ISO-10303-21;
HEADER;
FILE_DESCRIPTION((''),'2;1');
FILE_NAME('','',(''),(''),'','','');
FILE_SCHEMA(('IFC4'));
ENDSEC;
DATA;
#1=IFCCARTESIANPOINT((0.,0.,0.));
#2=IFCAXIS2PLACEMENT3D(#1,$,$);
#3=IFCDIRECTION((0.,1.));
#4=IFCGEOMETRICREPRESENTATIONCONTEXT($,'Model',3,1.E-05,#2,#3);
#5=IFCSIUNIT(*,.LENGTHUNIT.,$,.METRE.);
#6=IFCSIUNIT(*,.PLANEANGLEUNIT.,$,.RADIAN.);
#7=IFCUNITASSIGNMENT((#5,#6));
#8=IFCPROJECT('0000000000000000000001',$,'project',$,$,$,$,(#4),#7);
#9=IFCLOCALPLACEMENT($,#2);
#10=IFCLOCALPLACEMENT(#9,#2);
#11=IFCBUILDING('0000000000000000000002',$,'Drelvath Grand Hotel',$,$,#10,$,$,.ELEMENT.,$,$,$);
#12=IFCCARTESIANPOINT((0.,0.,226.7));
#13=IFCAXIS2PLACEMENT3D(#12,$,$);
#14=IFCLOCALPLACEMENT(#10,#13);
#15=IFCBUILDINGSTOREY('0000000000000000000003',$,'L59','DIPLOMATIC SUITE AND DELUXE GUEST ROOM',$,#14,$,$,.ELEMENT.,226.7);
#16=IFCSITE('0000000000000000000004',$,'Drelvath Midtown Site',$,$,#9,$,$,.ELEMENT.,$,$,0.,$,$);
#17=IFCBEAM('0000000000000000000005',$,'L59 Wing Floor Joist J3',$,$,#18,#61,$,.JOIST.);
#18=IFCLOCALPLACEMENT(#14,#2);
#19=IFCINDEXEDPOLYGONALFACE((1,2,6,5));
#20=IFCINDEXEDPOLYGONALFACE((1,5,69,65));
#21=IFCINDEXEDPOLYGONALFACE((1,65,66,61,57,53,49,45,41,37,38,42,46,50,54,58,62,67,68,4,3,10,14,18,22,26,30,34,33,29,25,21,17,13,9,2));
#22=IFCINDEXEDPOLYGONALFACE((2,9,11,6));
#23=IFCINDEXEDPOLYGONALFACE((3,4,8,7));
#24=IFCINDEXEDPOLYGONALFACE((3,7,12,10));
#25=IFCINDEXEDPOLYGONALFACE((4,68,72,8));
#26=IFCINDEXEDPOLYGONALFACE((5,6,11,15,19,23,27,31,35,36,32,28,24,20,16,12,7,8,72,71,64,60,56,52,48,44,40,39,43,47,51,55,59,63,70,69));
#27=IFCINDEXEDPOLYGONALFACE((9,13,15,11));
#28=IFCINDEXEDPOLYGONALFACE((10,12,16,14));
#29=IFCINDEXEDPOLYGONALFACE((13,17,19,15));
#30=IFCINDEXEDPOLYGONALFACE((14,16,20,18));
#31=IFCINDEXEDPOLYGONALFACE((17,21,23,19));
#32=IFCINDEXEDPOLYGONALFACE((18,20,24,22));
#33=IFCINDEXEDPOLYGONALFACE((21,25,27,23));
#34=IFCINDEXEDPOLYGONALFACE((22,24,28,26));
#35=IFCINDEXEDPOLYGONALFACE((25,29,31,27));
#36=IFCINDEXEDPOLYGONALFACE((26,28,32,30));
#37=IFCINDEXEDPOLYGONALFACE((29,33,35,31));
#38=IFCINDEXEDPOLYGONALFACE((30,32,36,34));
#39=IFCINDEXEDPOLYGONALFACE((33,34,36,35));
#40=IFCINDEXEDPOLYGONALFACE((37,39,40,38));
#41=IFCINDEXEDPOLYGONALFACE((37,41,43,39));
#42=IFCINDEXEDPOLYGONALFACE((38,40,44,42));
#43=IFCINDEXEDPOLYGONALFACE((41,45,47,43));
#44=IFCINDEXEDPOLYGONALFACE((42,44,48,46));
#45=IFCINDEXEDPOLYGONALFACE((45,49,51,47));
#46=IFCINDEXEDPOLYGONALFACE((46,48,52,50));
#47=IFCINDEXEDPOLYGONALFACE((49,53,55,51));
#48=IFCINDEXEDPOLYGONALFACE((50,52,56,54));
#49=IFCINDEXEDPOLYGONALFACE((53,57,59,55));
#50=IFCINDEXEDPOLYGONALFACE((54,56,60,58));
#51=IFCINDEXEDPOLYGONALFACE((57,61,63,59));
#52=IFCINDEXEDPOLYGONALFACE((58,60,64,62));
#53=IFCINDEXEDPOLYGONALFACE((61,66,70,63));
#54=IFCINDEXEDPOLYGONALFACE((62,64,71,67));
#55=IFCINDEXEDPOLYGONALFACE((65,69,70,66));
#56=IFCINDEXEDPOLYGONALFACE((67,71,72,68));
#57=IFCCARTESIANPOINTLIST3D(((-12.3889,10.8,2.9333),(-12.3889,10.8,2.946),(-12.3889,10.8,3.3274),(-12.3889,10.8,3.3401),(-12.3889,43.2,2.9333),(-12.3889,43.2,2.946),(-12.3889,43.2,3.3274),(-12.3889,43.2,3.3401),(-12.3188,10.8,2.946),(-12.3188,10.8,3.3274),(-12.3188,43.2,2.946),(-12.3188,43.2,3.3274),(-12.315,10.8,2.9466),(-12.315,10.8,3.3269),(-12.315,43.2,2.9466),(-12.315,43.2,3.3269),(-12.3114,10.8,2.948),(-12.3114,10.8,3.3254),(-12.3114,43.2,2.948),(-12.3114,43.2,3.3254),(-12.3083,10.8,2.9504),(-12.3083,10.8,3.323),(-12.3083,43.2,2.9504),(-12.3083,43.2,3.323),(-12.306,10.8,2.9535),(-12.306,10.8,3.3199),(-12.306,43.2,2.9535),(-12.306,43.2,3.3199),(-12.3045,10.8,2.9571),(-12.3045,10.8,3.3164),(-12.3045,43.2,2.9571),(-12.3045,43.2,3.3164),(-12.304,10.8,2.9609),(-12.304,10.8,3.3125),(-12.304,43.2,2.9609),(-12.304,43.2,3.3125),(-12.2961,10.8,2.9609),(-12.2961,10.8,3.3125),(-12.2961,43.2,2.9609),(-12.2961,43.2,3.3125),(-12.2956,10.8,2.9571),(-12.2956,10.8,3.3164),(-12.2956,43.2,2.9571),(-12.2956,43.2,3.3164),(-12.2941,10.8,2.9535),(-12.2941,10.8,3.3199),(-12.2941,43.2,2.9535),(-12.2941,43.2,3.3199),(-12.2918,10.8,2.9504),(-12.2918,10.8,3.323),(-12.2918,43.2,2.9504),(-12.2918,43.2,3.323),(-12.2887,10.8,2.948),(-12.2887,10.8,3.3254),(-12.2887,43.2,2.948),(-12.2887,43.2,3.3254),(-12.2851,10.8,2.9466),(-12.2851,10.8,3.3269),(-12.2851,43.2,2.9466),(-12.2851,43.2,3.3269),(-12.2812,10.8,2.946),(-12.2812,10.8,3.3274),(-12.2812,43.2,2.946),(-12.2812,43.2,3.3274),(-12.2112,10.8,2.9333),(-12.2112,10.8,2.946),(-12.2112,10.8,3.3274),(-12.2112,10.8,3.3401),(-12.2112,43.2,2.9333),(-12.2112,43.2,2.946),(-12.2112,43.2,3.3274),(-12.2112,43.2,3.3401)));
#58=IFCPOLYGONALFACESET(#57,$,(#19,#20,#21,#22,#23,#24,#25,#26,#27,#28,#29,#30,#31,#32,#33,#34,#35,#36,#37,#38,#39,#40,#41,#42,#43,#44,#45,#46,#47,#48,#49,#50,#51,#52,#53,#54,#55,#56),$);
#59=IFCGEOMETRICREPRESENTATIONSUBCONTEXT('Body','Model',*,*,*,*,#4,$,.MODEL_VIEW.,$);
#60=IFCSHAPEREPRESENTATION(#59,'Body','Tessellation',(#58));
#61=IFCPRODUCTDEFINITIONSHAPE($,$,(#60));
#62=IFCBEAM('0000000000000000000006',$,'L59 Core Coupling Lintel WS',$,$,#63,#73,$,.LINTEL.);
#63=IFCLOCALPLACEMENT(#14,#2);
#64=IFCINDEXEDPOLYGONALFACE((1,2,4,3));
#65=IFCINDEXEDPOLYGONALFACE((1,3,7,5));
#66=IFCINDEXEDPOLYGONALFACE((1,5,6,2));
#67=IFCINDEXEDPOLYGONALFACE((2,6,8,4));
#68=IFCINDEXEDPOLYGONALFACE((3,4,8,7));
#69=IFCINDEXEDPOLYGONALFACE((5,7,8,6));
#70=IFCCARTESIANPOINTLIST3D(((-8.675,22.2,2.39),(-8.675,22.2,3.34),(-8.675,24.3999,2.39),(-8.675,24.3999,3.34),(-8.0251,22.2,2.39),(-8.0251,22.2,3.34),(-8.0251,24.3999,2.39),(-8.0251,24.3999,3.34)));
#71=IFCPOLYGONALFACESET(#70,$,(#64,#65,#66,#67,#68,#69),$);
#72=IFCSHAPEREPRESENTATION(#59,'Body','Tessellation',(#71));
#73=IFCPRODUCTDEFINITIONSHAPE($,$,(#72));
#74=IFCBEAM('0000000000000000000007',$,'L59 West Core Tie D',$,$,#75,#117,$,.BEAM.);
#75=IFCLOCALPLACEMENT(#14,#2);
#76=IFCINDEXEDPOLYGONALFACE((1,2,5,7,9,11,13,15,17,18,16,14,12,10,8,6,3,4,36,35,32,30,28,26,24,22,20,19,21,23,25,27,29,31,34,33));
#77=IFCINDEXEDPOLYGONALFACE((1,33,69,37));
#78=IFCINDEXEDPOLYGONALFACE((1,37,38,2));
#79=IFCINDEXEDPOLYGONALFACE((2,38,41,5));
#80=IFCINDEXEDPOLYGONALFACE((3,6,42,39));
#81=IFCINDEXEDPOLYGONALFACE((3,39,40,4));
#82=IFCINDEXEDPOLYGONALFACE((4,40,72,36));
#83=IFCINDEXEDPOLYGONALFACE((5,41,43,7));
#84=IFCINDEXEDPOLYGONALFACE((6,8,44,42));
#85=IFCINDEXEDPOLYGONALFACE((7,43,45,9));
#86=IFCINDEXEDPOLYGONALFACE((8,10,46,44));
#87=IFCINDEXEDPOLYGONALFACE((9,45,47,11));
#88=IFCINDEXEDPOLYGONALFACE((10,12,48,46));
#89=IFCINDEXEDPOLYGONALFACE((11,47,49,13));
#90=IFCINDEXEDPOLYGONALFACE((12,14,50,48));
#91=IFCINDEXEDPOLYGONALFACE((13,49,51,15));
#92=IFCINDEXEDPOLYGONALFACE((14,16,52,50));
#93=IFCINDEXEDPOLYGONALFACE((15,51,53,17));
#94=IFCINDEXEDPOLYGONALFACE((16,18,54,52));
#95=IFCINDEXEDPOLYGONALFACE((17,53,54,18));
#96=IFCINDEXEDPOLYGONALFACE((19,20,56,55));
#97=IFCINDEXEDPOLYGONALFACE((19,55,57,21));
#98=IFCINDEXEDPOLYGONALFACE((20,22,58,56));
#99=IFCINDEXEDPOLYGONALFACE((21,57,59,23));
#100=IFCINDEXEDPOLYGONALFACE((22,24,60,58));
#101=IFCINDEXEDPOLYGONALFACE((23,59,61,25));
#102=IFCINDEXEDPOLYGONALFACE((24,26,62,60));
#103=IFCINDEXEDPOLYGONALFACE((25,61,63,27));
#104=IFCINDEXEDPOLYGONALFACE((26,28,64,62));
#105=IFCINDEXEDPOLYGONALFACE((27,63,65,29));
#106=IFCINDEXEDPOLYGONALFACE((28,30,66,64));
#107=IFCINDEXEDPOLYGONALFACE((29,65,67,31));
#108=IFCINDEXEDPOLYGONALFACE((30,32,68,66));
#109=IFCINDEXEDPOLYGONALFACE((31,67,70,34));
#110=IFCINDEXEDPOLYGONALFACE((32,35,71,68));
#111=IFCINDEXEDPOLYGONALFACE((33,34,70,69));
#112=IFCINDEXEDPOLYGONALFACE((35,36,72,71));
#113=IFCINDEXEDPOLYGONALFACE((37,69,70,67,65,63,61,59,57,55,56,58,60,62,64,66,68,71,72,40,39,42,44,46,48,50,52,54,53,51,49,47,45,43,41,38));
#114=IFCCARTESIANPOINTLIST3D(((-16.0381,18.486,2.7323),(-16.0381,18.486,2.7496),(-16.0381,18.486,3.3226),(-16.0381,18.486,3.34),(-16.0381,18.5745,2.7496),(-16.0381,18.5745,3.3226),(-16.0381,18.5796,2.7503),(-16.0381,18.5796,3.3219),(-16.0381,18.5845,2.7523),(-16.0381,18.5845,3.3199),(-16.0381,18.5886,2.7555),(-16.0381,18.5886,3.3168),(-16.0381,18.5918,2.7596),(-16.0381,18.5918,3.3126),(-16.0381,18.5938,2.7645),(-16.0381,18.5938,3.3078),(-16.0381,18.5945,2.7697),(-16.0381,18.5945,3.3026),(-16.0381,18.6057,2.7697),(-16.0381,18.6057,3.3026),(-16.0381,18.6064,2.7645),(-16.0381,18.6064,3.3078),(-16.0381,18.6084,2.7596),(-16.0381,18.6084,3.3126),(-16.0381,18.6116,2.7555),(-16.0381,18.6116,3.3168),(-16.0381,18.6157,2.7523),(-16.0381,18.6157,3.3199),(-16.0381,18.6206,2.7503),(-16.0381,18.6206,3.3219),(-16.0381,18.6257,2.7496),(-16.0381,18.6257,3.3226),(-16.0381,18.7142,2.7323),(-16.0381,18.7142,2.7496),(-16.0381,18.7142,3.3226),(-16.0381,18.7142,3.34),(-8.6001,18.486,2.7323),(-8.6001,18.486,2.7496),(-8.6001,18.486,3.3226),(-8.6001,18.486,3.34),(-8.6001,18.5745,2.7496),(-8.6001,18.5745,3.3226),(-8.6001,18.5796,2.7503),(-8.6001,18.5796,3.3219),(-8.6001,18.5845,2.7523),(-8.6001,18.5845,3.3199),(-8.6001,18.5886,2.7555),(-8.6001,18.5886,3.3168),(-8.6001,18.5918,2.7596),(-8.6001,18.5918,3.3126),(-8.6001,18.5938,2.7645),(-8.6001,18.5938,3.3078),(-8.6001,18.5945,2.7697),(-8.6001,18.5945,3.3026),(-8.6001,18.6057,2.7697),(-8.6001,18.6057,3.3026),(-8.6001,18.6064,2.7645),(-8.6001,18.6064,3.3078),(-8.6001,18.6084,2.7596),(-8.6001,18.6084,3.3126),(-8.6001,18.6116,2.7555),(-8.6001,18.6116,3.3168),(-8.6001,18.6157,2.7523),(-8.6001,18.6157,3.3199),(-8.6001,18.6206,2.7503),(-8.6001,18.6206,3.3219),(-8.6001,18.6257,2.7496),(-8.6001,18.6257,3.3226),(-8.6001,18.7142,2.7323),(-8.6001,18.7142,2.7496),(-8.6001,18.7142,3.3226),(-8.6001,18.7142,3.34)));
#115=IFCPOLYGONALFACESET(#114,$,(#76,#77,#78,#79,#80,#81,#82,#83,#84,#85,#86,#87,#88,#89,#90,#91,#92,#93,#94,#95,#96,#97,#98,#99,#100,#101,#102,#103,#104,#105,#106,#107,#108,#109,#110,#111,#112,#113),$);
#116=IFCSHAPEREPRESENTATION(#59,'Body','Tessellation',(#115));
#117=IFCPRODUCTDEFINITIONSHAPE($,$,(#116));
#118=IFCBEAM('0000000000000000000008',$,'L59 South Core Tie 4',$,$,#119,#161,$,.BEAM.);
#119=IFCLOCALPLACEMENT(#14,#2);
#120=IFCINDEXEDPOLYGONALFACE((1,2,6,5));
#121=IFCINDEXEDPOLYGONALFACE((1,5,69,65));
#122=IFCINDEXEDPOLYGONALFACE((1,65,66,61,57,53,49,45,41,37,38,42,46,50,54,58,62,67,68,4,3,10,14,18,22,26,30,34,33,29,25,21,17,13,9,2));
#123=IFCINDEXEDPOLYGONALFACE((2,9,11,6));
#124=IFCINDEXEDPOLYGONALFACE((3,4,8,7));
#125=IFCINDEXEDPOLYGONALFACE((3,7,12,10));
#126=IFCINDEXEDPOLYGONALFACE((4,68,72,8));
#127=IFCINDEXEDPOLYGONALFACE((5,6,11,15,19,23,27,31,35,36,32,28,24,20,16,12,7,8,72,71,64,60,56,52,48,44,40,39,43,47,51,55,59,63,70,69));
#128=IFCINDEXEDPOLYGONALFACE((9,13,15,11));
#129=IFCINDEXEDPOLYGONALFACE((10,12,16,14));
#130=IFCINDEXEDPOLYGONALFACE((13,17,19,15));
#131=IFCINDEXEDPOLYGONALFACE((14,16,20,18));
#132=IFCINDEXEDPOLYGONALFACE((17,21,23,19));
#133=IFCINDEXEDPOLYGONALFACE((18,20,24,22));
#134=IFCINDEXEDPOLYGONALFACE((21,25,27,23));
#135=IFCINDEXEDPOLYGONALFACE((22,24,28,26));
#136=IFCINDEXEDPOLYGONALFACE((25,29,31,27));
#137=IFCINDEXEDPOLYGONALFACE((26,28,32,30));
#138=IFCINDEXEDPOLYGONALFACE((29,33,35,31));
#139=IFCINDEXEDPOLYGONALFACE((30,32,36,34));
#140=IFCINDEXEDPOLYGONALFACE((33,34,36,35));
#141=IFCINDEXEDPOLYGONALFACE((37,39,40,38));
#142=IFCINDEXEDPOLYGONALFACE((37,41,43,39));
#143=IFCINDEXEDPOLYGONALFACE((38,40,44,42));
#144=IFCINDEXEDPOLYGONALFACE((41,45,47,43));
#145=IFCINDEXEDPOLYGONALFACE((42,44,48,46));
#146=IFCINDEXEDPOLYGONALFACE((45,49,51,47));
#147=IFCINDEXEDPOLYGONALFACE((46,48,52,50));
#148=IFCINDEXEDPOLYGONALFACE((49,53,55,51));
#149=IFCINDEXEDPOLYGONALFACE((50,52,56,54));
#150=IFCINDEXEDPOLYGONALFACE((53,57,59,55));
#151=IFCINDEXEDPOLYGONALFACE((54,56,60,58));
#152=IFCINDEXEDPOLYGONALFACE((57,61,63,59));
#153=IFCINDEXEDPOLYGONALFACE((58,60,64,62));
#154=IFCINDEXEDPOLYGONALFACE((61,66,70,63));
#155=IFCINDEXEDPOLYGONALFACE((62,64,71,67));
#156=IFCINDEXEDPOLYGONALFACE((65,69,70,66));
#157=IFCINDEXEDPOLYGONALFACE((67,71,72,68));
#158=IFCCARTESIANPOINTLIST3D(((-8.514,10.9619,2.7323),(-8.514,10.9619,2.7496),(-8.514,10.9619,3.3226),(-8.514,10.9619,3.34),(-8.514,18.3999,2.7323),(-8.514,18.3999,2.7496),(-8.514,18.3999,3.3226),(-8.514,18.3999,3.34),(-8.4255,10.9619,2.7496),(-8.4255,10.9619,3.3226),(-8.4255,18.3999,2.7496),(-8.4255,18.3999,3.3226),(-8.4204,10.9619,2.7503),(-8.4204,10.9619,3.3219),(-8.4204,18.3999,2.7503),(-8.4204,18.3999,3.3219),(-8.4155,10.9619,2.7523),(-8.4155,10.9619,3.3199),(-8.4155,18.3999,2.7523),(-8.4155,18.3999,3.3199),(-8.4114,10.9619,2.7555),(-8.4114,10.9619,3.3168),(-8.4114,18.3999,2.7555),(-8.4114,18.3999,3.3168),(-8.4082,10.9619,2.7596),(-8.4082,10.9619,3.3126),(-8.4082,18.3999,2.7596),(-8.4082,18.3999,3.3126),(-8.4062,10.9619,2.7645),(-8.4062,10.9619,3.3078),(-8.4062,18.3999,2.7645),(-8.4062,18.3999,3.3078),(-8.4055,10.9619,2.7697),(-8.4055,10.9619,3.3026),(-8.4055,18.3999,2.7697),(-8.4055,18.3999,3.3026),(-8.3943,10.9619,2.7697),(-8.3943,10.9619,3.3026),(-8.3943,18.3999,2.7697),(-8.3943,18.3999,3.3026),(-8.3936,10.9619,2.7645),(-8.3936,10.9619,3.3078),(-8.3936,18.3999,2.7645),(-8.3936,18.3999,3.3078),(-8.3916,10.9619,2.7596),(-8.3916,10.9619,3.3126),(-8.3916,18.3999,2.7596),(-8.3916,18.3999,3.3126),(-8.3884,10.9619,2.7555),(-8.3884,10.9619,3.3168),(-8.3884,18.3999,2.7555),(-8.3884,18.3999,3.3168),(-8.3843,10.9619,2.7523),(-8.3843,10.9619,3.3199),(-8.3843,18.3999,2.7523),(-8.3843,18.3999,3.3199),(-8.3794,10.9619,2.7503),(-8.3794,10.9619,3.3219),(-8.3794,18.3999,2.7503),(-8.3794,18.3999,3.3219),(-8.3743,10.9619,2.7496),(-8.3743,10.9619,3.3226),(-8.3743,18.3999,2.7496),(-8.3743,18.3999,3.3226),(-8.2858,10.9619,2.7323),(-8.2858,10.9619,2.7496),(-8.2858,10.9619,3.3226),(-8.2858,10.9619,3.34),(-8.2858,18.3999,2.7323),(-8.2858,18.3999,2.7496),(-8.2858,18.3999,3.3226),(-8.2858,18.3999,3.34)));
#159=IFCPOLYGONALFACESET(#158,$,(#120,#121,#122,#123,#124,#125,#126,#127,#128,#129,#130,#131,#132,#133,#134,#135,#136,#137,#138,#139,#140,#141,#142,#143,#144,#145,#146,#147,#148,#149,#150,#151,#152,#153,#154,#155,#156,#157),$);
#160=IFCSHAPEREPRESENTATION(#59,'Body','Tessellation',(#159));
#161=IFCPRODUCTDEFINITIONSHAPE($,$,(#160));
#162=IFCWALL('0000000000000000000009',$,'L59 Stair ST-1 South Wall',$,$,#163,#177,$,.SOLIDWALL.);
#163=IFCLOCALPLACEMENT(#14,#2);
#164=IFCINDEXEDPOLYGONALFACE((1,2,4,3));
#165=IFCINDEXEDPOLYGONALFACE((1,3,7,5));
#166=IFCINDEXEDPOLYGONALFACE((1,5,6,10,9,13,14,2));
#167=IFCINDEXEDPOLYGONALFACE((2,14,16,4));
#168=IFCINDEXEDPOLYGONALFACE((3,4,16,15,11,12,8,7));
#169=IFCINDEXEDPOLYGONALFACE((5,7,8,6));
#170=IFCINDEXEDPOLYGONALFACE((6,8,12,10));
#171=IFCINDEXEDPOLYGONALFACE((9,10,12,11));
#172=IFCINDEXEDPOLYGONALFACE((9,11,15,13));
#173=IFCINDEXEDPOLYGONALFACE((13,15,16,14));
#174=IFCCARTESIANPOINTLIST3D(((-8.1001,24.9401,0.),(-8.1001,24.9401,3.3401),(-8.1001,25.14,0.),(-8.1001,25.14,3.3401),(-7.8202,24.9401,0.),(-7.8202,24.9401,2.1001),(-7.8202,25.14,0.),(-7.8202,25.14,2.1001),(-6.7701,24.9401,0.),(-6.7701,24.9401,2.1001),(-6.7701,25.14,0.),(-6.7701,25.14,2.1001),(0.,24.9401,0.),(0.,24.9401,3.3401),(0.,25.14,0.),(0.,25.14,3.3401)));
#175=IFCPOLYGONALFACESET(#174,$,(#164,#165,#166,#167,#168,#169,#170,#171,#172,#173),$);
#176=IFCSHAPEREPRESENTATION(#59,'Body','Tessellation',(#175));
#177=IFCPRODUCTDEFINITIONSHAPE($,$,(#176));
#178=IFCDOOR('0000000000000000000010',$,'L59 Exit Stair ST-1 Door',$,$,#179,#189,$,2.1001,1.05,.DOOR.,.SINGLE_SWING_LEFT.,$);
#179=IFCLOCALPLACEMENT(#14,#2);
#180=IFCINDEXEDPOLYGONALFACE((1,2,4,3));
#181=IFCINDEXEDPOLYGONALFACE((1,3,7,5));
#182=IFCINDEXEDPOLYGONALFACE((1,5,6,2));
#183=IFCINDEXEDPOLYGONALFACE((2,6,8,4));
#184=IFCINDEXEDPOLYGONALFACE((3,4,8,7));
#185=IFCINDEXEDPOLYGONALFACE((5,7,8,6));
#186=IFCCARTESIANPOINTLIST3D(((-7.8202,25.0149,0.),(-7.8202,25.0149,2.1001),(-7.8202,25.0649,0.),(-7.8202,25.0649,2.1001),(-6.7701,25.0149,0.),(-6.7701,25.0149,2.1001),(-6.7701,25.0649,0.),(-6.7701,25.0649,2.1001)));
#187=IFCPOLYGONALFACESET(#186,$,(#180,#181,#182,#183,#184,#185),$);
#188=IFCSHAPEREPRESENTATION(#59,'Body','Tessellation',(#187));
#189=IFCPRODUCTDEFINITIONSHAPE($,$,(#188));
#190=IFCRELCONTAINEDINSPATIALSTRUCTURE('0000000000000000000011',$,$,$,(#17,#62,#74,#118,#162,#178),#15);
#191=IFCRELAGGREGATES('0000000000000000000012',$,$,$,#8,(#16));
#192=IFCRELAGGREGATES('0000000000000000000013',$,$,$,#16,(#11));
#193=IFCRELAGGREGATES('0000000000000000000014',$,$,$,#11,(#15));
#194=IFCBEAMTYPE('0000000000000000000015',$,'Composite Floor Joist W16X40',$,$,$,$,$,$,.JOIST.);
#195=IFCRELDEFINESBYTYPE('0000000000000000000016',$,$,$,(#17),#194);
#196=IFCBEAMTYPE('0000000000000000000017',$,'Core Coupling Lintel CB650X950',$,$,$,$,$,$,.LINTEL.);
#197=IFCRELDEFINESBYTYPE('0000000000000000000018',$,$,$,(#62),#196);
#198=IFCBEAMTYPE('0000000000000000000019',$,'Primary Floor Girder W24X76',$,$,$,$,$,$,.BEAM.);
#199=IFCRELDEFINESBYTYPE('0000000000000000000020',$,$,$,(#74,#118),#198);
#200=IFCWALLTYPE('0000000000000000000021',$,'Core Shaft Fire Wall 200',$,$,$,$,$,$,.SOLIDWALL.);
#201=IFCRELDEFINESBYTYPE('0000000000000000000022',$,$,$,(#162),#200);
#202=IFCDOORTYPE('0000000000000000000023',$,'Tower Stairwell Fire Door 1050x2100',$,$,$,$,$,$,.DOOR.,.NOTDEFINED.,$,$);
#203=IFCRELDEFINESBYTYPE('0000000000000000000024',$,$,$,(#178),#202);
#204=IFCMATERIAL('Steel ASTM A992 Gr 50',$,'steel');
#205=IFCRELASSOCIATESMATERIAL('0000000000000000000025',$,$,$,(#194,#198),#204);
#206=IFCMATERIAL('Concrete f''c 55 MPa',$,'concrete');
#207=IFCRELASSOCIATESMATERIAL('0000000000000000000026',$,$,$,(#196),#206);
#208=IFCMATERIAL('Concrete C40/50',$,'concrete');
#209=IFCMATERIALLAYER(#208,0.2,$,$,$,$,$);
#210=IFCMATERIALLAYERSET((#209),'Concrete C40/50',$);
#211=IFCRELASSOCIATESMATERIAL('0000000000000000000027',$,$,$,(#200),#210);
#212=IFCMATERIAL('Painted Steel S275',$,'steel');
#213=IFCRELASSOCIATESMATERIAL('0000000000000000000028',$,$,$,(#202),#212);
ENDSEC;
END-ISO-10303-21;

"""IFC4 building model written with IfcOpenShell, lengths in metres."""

from ifc_helpers import new_model, si_unit, direction, frame, frame_2d, origin, origin_2d, place, context, subcontext, project, spatial, rectangle, i_section, extrude, material, layer, layer_set, material_profile, profile_set, type_object, element, fill, save


model = new_model("IFC4")

# Units and contexts
model_context = context("Model", 3, precision=1e-05, world=origin(), true_north=direction((0.0, 1.0)))
body_context = subcontext(model_context, "Body", "Model", "MODEL_VIEW")
ifc_project = project(units=[si_unit("LENGTHUNIT", "METRE"), si_unit("PLANEANGLEUNIT", "RADIAN")], contexts=[model_context])

# Site, building, storey
site_placement = place(None, origin())
site = spatial("IfcSite", under=ifc_project, at=site_placement, Name="Drelvath Midtown Site", CompositionType="ELEMENT", RefElevation=0.0)
building_placement = place(site_placement, origin())
building = spatial("IfcBuilding", under=site, at=building_placement, Name="Drelvath Grand Hotel", CompositionType="ELEMENT")
storey_placement = place(building_placement, frame((0.0, 0.0, 226.7)))
storey = spatial("IfcBuildingStorey", under=building, at=storey_placement, Name="L59", Description="DIPLOMATIC SUITE AND DELUXE GUEST ROOM", CompositionType="ELEMENT", Elevation=226.7)

# Beams
ifc_material_1 = material(Name="Steel ASTM A992 Gr 50", Category="steel")
ifc_material_profile_1 = material_profile(ifc_material_1, i_section(OverallWidth=0.1777, OverallDepth=0.4067, WebThickness=0.0078, FlangeThickness=0.0127, FilletRadius=0.0149, at=origin_2d()), Name="W16X40")
ifc_profile_set_1 = profile_set([ifc_material_profile_1], Name="Steel ASTM A992 Gr 50")
beam_type_1 = type_object("IfcBeamType", Name="Composite Floor Joist W16X40", PredefinedType="JOIST", material=ifc_profile_set_1)
beam_1_placement = place(storey_placement, frame((-12.3, 10.8, 3.1367), z_axis=(0.0, 1.0, 0.0), x_axis=(-1.0, 0.0, 0.0)))
element("IfcBeam", 1, at=beam_1_placement, inside=storey, type_object=beam_type_1, Name="L59 Wing Floor Joist J3", PredefinedType="JOIST", context=body_context, shape_type="SweptSolid", body=[
    extrude(i_section(OverallWidth=0.1777, OverallDepth=0.4067, WebThickness=0.0078, FlangeThickness=0.0127, FilletRadius=0.0149, at=origin_2d()), origin(), (0.0, 0.0, 1.0), 32.3999),
])
ifc_material_2 = material(Name="Concrete f'c 55 MPa", Category="concrete")
ifc_material_profile_2 = material_profile(ifc_material_2, rectangle(XDim=0.6499, YDim=0.95, at=origin_2d()), Name="CB650X950")
ifc_profile_set_2 = profile_set([ifc_material_profile_2], Name="Concrete f'c 55 MPa")
beam_type_2 = type_object("IfcBeamType", Name="Core Coupling Lintel CB650X950", PredefinedType="LINTEL", material=ifc_profile_set_2)
beam_2_placement = place(storey_placement, frame((-8.3501, 22.2, 2.865), z_axis=(0.0, 1.0, 0.0), x_axis=(-1.0, 0.0, 0.0)))
element("IfcBeam", 2, at=beam_2_placement, inside=storey, type_object=beam_type_2, Name="L59 Core Coupling Lintel WS", PredefinedType="LINTEL", context=body_context, shape_type="SweptSolid", body=[
    extrude(rectangle(XDim=0.6499, YDim=0.95, at=origin_2d()), origin(), (0.0, 0.0, 1.0), 2.2),
])
ifc_material_profile_3 = material_profile(ifc_material_1, i_section(OverallWidth=0.2283, OverallDepth=0.6077, WebThickness=0.0112, FlangeThickness=0.0173, FilletRadius=0.02, at=origin_2d()), Name="W24X76")
ifc_profile_set_3 = profile_set([ifc_material_profile_3], Name="Steel ASTM A992 Gr 50")
beam_type_3 = type_object("IfcBeamType", Name="Primary Floor Girder W24X76", PredefinedType="BEAM", material=ifc_profile_set_3)
for number, where, z_axis, x_axis, name in (
    (3, (-16.0381, 18.6001, 3.0361), (1.0, 0.0, 0.0), (0.0, 1.0, 0.0), "L59 West Core Tie D"),
    (4, (-8.3999, 10.9619, 3.0361), (0.0, 1.0, 0.0), (-1.0, 0.0, 0.0), "L59 South Core Tie 4"),
):
    element("IfcBeam", number, at=place(storey_placement, frame(where, z_axis=z_axis, x_axis=x_axis)), inside=storey, type_object=beam_type_3, Name=name, PredefinedType="BEAM", context=body_context, shape_type="SweptSolid", body=[
        extrude(i_section(OverallWidth=0.2283, OverallDepth=0.6077, WebThickness=0.0112, FlangeThickness=0.0173, FilletRadius=0.02, at=origin_2d()), origin(), (0.0, 0.0, 1.0), 7.438),
    ])

# Wall, opening, door
ifc_material_3 = material(Name="Concrete C40/50", Category="concrete")
ifc_layer_1 = layer(ifc_material_3, 0.2)
ifc_layer_set_1 = layer_set([ifc_layer_1], Name="Concrete C40/50")
wall_type_1 = type_object("IfcWallType", Name="Core Shaft Fire Wall 200", PredefinedType="SOLIDWALL", material=ifc_layer_set_1)
wall_1_placement = place(storey_placement, frame((-8.1001, 25.04, 0.0), z_axis=(0.0, 0.0, 1.0), x_axis=(1.0, 0.0, 0.0)))
wall_1 = element("IfcWall", 5, at=wall_1_placement, inside=storey, type_object=wall_type_1, Name="L59 Stair ST-1 South Wall", PredefinedType="SOLIDWALL", context=body_context, shape_type="SweptSolid", body=[
    extrude(rectangle(XDim=8.1001, YDim=0.2, at=frame_2d((4.05, 0.0))), origin(), (0.0, 0.0, 1.0), 3.3401),
])
opening_1_placement = place(wall_1_placement, frame((0.28, 0.0, 0.0)))
opening_1 = element("IfcOpeningElement", 6, at=opening_1_placement, cuts=wall_1, PredefinedType="OPENING", context=body_context, shape_type="SweptSolid", body=[
    extrude(rectangle(XDim=1.05, YDim=2.1001, at=frame_2d((0.5249, 1.05))), frame((0.0, 0.1099, 0.0), z_axis=(0.0, -1.0, 0.0), x_axis=(1.0, 0.0, 0.0)), (0.0, 0.0, 1.0), 0.22),
])
ifc_material_4 = material(Name="Painted Steel S275", Category="steel")
door_type_1 = type_object("IfcDoorType", Name="Tower Stairwell Fire Door 1050x2100", OperationType="NOTDEFINED", PredefinedType="DOOR", material=ifc_material_4)
door_1_placement = place(opening_1_placement, origin())
door_1 = element("IfcDoor", 7, at=door_1_placement, inside=storey, type_object=door_type_1, Name="L59 Exit Stair ST-1 Door", OperationType="SINGLE_SWING_LEFT", OverallHeight=2.1001, OverallWidth=1.05, PredefinedType="DOOR", context=body_context, shape_type="SweptSolid", body=[
    extrude(rectangle(XDim=1.05, YDim=2.1001, at=frame_2d((0.5249, 1.05))), frame((0.0, 0.0249, 0.0), z_axis=(0.0, -1.0, 0.0), x_axis=(1.0, 0.0, 0.0)), (0.0, 0.0, 1.0), 0.05),
])
fill(opening_1, door_1)

save(model, "model.ifc")
